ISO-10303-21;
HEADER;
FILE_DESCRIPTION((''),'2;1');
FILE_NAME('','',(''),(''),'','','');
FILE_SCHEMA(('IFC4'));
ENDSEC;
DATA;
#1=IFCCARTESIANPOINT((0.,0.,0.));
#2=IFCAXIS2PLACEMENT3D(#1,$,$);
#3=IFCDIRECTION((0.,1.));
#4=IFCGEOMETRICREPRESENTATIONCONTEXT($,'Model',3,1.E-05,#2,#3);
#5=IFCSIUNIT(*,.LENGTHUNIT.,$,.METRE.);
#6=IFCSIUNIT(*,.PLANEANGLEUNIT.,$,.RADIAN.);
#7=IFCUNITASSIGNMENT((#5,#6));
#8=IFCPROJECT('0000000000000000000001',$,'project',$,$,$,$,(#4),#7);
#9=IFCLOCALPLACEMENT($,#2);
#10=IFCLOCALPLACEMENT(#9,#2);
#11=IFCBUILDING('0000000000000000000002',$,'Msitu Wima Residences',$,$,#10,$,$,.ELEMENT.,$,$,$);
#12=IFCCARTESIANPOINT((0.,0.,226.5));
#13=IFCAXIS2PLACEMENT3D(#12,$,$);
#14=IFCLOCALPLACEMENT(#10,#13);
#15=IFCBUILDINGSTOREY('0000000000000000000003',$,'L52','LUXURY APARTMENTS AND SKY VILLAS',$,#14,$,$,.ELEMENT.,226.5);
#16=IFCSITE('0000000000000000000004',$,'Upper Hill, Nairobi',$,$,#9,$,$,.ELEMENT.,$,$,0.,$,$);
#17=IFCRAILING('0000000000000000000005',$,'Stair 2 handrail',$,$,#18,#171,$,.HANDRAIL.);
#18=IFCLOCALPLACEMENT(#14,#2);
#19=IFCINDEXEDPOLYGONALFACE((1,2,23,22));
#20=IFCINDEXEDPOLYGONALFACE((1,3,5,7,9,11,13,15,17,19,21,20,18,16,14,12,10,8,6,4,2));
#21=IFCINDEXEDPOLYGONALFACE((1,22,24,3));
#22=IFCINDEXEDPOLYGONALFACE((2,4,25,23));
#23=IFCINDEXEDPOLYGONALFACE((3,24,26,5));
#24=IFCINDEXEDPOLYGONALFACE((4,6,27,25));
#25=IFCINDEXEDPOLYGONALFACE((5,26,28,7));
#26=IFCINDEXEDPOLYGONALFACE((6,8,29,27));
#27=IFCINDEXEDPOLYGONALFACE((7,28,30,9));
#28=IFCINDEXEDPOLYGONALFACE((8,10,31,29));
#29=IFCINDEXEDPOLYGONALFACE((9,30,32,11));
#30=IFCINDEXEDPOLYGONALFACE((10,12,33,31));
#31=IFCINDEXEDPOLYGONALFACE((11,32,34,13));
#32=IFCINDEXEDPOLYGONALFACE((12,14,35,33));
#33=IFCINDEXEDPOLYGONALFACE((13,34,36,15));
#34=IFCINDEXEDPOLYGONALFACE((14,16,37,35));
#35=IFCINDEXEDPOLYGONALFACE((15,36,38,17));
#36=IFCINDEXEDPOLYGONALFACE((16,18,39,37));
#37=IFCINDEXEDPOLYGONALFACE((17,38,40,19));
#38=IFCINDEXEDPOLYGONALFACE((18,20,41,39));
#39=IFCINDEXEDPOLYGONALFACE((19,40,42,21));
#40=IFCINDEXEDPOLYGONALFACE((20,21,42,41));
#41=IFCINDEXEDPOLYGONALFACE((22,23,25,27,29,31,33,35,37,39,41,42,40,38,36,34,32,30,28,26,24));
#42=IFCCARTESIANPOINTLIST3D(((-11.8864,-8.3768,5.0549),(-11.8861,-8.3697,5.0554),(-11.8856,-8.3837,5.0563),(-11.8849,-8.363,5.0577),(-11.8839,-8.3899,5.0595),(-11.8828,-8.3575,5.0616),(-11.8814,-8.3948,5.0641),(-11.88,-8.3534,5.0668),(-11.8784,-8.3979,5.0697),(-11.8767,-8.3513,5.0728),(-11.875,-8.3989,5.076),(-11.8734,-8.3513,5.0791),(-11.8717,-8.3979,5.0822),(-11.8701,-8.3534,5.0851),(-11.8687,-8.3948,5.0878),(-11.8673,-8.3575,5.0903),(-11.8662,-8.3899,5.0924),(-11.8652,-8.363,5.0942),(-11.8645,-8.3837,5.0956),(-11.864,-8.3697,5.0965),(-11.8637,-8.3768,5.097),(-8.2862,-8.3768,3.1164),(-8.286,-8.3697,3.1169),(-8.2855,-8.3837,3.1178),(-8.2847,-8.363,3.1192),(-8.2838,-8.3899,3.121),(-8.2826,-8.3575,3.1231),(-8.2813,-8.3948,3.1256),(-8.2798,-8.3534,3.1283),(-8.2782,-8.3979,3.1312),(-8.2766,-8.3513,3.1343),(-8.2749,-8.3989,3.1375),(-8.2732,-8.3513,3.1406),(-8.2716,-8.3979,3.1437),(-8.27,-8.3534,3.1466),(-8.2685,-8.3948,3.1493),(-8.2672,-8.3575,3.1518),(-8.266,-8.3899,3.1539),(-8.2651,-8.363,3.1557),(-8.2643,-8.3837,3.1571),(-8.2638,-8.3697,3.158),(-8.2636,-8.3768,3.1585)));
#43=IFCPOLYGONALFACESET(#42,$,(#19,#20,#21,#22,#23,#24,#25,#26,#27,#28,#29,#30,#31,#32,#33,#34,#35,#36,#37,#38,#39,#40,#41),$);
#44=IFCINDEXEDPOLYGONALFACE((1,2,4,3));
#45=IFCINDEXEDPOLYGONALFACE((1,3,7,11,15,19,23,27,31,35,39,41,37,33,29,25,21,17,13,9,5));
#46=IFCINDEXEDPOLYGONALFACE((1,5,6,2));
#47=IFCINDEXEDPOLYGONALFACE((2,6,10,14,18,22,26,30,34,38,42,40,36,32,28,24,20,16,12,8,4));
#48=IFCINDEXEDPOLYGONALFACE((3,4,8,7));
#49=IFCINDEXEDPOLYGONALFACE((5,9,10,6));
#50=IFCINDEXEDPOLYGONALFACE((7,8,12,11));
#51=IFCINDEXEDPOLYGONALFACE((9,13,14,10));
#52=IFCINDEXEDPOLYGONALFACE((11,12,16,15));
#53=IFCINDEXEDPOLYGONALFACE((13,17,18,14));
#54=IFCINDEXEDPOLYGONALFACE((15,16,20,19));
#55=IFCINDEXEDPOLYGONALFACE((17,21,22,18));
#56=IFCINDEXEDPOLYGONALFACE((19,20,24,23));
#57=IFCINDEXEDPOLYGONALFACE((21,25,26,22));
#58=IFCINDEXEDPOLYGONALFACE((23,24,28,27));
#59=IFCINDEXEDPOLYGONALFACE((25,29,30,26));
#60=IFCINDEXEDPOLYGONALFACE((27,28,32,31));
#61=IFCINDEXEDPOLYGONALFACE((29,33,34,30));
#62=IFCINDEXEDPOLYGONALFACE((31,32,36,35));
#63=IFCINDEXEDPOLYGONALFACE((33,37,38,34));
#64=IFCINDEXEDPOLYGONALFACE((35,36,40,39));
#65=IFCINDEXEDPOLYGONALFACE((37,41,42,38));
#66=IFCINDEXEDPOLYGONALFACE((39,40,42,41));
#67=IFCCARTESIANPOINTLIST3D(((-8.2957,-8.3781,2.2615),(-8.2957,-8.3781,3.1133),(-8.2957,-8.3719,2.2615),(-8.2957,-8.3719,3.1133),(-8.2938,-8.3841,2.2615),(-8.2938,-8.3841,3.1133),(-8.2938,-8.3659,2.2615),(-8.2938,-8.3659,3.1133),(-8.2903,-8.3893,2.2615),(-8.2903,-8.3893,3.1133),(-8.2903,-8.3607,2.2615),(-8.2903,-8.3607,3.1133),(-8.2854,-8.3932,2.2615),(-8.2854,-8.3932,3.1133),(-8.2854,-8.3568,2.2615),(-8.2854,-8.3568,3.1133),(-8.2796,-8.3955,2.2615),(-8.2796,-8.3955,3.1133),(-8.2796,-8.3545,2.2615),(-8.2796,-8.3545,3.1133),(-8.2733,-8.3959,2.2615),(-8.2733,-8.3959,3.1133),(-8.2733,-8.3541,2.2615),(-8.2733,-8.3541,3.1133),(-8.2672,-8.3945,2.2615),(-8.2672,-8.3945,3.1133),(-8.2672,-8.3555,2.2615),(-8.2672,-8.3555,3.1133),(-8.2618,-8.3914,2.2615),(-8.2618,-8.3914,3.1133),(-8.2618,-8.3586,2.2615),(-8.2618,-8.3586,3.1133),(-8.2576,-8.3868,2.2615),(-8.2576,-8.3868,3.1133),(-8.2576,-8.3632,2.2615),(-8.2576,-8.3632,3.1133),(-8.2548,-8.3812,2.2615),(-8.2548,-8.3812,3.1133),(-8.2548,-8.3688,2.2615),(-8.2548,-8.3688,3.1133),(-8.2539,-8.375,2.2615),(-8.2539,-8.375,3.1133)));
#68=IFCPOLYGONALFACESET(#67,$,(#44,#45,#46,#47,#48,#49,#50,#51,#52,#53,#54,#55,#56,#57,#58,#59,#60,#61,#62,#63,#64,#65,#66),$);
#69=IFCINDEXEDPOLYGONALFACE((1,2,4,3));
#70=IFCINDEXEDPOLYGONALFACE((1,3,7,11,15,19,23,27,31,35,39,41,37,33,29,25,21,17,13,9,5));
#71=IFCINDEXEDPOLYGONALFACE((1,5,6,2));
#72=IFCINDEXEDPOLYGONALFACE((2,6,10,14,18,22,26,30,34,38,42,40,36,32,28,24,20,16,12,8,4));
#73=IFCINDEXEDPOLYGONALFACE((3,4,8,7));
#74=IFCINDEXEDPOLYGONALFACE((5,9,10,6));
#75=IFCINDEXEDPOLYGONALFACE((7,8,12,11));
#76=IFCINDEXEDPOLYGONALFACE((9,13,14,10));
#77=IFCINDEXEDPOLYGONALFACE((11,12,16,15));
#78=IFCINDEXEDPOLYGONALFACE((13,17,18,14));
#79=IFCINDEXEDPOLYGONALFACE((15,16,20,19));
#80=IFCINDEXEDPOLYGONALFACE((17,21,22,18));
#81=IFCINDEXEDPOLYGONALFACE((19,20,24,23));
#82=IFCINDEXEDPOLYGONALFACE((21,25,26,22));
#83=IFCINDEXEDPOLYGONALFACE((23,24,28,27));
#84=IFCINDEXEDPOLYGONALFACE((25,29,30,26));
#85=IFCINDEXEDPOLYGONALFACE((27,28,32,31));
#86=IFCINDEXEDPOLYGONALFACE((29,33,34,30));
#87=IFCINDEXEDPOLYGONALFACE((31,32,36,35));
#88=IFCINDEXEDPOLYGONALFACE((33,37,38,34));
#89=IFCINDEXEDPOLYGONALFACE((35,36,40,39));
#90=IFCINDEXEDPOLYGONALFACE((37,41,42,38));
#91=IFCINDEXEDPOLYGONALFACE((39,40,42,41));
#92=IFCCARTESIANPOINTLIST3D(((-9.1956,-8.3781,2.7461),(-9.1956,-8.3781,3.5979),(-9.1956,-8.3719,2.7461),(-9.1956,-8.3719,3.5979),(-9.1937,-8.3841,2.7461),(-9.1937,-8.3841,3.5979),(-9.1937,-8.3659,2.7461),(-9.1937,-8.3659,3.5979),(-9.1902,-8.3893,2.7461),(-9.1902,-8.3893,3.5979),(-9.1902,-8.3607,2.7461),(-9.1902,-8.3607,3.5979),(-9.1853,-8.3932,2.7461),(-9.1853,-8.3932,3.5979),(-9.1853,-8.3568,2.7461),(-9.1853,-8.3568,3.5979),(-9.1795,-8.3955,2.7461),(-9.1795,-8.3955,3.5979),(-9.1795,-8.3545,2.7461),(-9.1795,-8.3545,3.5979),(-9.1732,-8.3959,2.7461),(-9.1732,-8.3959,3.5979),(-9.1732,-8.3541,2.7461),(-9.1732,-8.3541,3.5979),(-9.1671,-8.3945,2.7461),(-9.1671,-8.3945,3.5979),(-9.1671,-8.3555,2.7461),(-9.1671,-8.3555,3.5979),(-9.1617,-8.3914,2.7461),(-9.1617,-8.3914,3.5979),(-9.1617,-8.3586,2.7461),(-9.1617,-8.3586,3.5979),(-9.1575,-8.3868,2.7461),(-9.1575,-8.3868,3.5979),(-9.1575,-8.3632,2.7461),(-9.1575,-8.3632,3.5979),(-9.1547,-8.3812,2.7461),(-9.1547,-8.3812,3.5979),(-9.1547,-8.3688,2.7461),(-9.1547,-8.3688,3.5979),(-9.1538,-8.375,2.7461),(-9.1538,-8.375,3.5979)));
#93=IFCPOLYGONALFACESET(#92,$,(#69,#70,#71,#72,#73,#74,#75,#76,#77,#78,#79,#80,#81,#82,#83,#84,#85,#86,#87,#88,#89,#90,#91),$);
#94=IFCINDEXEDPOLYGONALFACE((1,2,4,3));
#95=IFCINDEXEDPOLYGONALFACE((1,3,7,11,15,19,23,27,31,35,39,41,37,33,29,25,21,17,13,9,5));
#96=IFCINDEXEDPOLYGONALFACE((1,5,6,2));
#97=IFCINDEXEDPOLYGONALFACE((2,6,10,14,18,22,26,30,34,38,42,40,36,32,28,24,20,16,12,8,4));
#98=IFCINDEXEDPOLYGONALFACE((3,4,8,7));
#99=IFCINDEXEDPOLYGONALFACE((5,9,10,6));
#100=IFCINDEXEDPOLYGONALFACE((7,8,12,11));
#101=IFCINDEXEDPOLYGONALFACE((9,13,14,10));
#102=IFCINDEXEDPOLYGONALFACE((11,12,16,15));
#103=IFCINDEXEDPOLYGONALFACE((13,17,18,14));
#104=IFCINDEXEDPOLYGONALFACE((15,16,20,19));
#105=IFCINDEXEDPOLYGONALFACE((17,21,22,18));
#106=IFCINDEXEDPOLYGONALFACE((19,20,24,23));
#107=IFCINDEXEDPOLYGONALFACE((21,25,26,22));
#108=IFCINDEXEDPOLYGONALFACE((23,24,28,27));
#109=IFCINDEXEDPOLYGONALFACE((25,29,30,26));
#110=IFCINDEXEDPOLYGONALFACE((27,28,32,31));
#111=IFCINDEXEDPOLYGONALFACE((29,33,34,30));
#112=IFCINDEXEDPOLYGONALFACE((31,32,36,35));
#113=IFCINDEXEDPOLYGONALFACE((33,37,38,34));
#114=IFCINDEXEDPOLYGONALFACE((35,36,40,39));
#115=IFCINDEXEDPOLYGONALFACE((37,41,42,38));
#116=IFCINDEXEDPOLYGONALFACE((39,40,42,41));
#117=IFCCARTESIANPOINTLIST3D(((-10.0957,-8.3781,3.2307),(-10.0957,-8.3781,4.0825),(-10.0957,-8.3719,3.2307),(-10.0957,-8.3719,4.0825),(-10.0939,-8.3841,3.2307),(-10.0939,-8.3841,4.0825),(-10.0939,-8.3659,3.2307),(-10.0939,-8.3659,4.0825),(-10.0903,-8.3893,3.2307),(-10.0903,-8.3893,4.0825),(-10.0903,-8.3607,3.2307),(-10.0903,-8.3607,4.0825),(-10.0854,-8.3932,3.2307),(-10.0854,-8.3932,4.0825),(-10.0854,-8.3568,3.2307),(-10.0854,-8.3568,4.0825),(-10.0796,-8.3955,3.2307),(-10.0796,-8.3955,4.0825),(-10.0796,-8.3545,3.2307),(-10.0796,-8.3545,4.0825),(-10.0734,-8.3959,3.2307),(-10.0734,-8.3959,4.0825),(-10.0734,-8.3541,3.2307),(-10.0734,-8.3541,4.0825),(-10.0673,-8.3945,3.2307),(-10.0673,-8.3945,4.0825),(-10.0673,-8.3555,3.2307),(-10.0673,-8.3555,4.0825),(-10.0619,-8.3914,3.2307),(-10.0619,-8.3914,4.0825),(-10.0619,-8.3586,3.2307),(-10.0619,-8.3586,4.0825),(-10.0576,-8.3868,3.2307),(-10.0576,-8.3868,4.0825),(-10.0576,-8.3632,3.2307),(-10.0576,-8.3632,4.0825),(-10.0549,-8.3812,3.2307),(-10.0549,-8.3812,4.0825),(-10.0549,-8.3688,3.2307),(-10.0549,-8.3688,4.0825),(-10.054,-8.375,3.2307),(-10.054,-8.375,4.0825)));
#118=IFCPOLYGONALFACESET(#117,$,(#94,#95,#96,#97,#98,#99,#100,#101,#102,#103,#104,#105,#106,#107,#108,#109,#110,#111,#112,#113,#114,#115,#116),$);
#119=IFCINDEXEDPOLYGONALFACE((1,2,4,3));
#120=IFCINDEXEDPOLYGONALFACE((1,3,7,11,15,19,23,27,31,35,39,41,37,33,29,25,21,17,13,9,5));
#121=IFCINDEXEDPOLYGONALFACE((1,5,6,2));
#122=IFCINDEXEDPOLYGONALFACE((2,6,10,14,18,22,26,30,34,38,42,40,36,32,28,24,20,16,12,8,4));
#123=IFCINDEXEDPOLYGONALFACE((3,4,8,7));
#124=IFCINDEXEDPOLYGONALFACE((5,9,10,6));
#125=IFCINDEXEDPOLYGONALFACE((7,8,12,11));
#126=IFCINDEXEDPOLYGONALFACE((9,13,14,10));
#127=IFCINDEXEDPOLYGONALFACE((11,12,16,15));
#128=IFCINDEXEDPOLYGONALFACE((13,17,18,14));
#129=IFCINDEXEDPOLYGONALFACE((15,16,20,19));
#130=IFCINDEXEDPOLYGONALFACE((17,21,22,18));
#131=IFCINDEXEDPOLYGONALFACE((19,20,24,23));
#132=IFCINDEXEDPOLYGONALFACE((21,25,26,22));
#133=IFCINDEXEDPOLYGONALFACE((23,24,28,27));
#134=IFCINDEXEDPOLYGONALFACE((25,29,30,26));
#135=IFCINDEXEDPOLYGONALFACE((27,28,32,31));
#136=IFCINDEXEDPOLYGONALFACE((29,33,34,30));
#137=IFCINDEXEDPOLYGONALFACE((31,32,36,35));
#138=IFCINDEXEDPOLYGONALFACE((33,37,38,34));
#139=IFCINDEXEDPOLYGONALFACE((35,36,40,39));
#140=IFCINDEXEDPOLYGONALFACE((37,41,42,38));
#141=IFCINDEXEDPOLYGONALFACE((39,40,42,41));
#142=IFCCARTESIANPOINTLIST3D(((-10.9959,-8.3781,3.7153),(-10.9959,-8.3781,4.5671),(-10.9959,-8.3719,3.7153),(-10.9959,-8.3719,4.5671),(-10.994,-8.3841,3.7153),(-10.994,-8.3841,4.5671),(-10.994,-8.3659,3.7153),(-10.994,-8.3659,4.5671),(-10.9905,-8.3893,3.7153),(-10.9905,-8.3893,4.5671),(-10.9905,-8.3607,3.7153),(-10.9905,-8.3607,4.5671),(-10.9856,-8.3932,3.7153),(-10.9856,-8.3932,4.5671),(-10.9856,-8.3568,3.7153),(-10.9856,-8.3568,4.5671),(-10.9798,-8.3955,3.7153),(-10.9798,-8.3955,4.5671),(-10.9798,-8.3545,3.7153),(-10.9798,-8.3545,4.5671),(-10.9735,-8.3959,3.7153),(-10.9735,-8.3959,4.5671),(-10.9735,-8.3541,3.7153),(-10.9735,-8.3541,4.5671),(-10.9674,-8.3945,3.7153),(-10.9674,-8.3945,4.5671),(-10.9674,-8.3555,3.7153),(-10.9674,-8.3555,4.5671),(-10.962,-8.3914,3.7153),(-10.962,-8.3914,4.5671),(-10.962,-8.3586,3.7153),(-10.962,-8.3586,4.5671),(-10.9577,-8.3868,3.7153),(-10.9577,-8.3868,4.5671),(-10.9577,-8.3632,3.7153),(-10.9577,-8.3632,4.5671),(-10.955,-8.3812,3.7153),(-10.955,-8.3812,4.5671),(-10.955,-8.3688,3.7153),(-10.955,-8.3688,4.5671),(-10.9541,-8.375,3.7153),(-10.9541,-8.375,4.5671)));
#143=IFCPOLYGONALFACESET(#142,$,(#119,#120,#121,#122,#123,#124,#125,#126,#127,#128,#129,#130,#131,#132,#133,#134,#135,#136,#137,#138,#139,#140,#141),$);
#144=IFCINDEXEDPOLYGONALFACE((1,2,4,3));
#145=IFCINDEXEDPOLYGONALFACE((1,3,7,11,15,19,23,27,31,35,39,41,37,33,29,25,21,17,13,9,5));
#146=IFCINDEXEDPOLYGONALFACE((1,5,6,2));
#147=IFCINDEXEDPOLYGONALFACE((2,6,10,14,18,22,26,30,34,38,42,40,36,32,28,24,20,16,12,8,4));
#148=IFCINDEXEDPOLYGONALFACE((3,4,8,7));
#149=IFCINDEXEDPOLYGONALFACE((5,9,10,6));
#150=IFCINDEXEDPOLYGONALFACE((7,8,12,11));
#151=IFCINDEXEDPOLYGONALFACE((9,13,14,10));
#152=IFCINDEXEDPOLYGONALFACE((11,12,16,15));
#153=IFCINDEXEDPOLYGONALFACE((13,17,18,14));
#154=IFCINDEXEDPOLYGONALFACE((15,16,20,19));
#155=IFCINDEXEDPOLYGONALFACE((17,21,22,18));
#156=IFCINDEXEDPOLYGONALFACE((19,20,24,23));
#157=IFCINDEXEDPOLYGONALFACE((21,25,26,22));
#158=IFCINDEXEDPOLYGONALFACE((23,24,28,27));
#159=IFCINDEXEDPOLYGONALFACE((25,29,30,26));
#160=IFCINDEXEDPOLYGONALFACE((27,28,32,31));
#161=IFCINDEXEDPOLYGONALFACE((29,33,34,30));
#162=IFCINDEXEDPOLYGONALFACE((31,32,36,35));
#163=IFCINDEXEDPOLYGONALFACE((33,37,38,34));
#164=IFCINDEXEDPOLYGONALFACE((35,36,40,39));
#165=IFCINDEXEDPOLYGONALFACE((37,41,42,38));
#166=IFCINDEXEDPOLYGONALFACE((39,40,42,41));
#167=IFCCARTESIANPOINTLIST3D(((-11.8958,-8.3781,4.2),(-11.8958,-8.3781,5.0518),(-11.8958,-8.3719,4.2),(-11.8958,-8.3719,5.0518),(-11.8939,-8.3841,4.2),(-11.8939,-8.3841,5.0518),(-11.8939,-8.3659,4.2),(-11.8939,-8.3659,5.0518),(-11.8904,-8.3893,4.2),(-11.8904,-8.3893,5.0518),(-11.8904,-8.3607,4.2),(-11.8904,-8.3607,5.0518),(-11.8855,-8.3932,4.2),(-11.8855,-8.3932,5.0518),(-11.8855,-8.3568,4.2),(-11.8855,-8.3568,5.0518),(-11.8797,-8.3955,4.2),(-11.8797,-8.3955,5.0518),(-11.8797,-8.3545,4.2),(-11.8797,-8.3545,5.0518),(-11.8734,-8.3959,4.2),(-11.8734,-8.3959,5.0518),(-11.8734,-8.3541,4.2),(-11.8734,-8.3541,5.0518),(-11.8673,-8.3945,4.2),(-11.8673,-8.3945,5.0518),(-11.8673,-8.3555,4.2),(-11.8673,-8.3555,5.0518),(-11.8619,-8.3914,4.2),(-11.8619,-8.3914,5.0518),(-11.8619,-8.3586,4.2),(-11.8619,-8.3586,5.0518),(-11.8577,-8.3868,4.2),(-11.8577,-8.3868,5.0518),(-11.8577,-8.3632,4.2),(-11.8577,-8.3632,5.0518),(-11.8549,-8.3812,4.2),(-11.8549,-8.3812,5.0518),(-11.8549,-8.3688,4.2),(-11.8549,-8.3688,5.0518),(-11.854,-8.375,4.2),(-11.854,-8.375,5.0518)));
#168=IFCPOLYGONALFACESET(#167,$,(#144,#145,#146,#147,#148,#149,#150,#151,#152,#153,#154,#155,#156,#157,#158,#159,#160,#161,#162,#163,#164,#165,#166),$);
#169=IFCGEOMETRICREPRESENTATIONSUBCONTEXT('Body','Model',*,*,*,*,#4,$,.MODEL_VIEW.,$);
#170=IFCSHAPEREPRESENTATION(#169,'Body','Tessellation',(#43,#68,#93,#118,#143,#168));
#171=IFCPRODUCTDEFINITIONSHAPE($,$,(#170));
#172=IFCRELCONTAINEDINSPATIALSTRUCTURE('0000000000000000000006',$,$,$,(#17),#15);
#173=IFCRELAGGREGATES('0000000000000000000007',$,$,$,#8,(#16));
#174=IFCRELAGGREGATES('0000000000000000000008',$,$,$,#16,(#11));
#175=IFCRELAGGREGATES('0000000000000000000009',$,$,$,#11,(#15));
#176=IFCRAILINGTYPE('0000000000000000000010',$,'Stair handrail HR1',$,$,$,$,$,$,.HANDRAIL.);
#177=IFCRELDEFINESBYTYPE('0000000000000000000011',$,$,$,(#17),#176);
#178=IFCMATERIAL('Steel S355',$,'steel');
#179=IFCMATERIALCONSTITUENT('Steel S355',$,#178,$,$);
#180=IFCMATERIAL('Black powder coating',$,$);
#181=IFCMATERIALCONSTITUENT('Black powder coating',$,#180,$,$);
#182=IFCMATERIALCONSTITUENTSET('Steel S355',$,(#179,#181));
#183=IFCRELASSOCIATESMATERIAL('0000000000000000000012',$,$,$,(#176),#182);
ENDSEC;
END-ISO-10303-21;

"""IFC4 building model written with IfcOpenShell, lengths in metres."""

from ifc_helpers import new_model, si_unit, direction, frame, origin, origin_2d, place, context, subcontext, project, spatial, circle, extrude, material, constituent, constituent_set, type_object, element, save


model = new_model("IFC4")

# Units and contexts
model_context = context("Model", 3, precision=1e-05, world=origin(), true_north=direction((0.0, 1.0)))
body_context = subcontext(model_context, "Body", "Model", "MODEL_VIEW")
ifc_project = project(units=[si_unit("LENGTHUNIT", "METRE"), si_unit("PLANEANGLEUNIT", "RADIAN")], contexts=[model_context])

# Site, building, storey
site_placement = place(None, origin())
site = spatial("IfcSite", under=ifc_project, at=site_placement, Name="Upper Hill, Nairobi", CompositionType="ELEMENT", RefElevation=0.0)
building_placement = place(site_placement, origin())
building = spatial("IfcBuilding", under=site, at=building_placement, Name="Msitu Wima Residences", CompositionType="ELEMENT")
storey_placement = place(building_placement, frame((0.0, 0.0, 226.5)))
storey = spatial("IfcBuildingStorey", under=building, at=storey_placement, Name="L52", Description="LUXURY APARTMENTS AND SKY VILLAS", CompositionType="ELEMENT", Elevation=226.5)

# Railing
ifc_material_1 = material(Name="Steel S355", Category="steel")
ifc_constituent_1 = constituent(ifc_material_1, Name="Steel S355")
ifc_material_2 = material(Name="Black powder coating")
ifc_constituent_2 = constituent(ifc_material_2, Name="Black powder coating")
ifc_constituent_set = constituent_set(constituents=[ifc_constituent_1, ifc_constituent_2], Name="Steel S355")
railing_type = type_object("IfcRailingType", Name="Stair handrail HR1", PredefinedType="HANDRAIL", material=ifc_constituent_set)
for number, where, name in (
    (1, (-8.2749, -8.375, 2.2615), "Stair 2 handrail"),
):
    element("IfcRailing", number, at=place(storey_placement, frame(where)), inside=storey, type_object=railing_type, Name=name, PredefinedType="HANDRAIL", context=body_context, shape_type="SweptSolid", body=[
        extrude(circle(Radius=0.0239, at=origin_2d()), frame((0.0, 0.0, 0.876), z_axis=(-0.880475, 0.0, 0.474093), x_axis=(0.0, -1.0, 0.0)), (0.0, 0.0, 1.0), 4.0889),
        extrude(circle(Radius=0.021, at=origin_2d()), origin(), (0.0, 0.0, 1.0), 0.8518),
        extrude(circle(Radius=0.021, at=origin_2d()), frame((-0.8999, 0.0, 0.4846)), (0.0, 0.0, 1.0), 0.8518),
        extrude(circle(Radius=0.021, at=origin_2d()), frame((-1.8, 0.0, 0.9692)), (0.0, 0.0, 1.0), 0.8518),
        extrude(circle(Radius=0.021, at=origin_2d()), frame((-2.7002, 0.0, 1.4539)), (0.0, 0.0, 1.0), 0.8518),
        extrude(circle(Radius=0.021, at=origin_2d()), frame((-3.6001, 0.0, 1.9385)), (0.0, 0.0, 1.0), 0.8518),
    ])

save(model, "model.ifc")
